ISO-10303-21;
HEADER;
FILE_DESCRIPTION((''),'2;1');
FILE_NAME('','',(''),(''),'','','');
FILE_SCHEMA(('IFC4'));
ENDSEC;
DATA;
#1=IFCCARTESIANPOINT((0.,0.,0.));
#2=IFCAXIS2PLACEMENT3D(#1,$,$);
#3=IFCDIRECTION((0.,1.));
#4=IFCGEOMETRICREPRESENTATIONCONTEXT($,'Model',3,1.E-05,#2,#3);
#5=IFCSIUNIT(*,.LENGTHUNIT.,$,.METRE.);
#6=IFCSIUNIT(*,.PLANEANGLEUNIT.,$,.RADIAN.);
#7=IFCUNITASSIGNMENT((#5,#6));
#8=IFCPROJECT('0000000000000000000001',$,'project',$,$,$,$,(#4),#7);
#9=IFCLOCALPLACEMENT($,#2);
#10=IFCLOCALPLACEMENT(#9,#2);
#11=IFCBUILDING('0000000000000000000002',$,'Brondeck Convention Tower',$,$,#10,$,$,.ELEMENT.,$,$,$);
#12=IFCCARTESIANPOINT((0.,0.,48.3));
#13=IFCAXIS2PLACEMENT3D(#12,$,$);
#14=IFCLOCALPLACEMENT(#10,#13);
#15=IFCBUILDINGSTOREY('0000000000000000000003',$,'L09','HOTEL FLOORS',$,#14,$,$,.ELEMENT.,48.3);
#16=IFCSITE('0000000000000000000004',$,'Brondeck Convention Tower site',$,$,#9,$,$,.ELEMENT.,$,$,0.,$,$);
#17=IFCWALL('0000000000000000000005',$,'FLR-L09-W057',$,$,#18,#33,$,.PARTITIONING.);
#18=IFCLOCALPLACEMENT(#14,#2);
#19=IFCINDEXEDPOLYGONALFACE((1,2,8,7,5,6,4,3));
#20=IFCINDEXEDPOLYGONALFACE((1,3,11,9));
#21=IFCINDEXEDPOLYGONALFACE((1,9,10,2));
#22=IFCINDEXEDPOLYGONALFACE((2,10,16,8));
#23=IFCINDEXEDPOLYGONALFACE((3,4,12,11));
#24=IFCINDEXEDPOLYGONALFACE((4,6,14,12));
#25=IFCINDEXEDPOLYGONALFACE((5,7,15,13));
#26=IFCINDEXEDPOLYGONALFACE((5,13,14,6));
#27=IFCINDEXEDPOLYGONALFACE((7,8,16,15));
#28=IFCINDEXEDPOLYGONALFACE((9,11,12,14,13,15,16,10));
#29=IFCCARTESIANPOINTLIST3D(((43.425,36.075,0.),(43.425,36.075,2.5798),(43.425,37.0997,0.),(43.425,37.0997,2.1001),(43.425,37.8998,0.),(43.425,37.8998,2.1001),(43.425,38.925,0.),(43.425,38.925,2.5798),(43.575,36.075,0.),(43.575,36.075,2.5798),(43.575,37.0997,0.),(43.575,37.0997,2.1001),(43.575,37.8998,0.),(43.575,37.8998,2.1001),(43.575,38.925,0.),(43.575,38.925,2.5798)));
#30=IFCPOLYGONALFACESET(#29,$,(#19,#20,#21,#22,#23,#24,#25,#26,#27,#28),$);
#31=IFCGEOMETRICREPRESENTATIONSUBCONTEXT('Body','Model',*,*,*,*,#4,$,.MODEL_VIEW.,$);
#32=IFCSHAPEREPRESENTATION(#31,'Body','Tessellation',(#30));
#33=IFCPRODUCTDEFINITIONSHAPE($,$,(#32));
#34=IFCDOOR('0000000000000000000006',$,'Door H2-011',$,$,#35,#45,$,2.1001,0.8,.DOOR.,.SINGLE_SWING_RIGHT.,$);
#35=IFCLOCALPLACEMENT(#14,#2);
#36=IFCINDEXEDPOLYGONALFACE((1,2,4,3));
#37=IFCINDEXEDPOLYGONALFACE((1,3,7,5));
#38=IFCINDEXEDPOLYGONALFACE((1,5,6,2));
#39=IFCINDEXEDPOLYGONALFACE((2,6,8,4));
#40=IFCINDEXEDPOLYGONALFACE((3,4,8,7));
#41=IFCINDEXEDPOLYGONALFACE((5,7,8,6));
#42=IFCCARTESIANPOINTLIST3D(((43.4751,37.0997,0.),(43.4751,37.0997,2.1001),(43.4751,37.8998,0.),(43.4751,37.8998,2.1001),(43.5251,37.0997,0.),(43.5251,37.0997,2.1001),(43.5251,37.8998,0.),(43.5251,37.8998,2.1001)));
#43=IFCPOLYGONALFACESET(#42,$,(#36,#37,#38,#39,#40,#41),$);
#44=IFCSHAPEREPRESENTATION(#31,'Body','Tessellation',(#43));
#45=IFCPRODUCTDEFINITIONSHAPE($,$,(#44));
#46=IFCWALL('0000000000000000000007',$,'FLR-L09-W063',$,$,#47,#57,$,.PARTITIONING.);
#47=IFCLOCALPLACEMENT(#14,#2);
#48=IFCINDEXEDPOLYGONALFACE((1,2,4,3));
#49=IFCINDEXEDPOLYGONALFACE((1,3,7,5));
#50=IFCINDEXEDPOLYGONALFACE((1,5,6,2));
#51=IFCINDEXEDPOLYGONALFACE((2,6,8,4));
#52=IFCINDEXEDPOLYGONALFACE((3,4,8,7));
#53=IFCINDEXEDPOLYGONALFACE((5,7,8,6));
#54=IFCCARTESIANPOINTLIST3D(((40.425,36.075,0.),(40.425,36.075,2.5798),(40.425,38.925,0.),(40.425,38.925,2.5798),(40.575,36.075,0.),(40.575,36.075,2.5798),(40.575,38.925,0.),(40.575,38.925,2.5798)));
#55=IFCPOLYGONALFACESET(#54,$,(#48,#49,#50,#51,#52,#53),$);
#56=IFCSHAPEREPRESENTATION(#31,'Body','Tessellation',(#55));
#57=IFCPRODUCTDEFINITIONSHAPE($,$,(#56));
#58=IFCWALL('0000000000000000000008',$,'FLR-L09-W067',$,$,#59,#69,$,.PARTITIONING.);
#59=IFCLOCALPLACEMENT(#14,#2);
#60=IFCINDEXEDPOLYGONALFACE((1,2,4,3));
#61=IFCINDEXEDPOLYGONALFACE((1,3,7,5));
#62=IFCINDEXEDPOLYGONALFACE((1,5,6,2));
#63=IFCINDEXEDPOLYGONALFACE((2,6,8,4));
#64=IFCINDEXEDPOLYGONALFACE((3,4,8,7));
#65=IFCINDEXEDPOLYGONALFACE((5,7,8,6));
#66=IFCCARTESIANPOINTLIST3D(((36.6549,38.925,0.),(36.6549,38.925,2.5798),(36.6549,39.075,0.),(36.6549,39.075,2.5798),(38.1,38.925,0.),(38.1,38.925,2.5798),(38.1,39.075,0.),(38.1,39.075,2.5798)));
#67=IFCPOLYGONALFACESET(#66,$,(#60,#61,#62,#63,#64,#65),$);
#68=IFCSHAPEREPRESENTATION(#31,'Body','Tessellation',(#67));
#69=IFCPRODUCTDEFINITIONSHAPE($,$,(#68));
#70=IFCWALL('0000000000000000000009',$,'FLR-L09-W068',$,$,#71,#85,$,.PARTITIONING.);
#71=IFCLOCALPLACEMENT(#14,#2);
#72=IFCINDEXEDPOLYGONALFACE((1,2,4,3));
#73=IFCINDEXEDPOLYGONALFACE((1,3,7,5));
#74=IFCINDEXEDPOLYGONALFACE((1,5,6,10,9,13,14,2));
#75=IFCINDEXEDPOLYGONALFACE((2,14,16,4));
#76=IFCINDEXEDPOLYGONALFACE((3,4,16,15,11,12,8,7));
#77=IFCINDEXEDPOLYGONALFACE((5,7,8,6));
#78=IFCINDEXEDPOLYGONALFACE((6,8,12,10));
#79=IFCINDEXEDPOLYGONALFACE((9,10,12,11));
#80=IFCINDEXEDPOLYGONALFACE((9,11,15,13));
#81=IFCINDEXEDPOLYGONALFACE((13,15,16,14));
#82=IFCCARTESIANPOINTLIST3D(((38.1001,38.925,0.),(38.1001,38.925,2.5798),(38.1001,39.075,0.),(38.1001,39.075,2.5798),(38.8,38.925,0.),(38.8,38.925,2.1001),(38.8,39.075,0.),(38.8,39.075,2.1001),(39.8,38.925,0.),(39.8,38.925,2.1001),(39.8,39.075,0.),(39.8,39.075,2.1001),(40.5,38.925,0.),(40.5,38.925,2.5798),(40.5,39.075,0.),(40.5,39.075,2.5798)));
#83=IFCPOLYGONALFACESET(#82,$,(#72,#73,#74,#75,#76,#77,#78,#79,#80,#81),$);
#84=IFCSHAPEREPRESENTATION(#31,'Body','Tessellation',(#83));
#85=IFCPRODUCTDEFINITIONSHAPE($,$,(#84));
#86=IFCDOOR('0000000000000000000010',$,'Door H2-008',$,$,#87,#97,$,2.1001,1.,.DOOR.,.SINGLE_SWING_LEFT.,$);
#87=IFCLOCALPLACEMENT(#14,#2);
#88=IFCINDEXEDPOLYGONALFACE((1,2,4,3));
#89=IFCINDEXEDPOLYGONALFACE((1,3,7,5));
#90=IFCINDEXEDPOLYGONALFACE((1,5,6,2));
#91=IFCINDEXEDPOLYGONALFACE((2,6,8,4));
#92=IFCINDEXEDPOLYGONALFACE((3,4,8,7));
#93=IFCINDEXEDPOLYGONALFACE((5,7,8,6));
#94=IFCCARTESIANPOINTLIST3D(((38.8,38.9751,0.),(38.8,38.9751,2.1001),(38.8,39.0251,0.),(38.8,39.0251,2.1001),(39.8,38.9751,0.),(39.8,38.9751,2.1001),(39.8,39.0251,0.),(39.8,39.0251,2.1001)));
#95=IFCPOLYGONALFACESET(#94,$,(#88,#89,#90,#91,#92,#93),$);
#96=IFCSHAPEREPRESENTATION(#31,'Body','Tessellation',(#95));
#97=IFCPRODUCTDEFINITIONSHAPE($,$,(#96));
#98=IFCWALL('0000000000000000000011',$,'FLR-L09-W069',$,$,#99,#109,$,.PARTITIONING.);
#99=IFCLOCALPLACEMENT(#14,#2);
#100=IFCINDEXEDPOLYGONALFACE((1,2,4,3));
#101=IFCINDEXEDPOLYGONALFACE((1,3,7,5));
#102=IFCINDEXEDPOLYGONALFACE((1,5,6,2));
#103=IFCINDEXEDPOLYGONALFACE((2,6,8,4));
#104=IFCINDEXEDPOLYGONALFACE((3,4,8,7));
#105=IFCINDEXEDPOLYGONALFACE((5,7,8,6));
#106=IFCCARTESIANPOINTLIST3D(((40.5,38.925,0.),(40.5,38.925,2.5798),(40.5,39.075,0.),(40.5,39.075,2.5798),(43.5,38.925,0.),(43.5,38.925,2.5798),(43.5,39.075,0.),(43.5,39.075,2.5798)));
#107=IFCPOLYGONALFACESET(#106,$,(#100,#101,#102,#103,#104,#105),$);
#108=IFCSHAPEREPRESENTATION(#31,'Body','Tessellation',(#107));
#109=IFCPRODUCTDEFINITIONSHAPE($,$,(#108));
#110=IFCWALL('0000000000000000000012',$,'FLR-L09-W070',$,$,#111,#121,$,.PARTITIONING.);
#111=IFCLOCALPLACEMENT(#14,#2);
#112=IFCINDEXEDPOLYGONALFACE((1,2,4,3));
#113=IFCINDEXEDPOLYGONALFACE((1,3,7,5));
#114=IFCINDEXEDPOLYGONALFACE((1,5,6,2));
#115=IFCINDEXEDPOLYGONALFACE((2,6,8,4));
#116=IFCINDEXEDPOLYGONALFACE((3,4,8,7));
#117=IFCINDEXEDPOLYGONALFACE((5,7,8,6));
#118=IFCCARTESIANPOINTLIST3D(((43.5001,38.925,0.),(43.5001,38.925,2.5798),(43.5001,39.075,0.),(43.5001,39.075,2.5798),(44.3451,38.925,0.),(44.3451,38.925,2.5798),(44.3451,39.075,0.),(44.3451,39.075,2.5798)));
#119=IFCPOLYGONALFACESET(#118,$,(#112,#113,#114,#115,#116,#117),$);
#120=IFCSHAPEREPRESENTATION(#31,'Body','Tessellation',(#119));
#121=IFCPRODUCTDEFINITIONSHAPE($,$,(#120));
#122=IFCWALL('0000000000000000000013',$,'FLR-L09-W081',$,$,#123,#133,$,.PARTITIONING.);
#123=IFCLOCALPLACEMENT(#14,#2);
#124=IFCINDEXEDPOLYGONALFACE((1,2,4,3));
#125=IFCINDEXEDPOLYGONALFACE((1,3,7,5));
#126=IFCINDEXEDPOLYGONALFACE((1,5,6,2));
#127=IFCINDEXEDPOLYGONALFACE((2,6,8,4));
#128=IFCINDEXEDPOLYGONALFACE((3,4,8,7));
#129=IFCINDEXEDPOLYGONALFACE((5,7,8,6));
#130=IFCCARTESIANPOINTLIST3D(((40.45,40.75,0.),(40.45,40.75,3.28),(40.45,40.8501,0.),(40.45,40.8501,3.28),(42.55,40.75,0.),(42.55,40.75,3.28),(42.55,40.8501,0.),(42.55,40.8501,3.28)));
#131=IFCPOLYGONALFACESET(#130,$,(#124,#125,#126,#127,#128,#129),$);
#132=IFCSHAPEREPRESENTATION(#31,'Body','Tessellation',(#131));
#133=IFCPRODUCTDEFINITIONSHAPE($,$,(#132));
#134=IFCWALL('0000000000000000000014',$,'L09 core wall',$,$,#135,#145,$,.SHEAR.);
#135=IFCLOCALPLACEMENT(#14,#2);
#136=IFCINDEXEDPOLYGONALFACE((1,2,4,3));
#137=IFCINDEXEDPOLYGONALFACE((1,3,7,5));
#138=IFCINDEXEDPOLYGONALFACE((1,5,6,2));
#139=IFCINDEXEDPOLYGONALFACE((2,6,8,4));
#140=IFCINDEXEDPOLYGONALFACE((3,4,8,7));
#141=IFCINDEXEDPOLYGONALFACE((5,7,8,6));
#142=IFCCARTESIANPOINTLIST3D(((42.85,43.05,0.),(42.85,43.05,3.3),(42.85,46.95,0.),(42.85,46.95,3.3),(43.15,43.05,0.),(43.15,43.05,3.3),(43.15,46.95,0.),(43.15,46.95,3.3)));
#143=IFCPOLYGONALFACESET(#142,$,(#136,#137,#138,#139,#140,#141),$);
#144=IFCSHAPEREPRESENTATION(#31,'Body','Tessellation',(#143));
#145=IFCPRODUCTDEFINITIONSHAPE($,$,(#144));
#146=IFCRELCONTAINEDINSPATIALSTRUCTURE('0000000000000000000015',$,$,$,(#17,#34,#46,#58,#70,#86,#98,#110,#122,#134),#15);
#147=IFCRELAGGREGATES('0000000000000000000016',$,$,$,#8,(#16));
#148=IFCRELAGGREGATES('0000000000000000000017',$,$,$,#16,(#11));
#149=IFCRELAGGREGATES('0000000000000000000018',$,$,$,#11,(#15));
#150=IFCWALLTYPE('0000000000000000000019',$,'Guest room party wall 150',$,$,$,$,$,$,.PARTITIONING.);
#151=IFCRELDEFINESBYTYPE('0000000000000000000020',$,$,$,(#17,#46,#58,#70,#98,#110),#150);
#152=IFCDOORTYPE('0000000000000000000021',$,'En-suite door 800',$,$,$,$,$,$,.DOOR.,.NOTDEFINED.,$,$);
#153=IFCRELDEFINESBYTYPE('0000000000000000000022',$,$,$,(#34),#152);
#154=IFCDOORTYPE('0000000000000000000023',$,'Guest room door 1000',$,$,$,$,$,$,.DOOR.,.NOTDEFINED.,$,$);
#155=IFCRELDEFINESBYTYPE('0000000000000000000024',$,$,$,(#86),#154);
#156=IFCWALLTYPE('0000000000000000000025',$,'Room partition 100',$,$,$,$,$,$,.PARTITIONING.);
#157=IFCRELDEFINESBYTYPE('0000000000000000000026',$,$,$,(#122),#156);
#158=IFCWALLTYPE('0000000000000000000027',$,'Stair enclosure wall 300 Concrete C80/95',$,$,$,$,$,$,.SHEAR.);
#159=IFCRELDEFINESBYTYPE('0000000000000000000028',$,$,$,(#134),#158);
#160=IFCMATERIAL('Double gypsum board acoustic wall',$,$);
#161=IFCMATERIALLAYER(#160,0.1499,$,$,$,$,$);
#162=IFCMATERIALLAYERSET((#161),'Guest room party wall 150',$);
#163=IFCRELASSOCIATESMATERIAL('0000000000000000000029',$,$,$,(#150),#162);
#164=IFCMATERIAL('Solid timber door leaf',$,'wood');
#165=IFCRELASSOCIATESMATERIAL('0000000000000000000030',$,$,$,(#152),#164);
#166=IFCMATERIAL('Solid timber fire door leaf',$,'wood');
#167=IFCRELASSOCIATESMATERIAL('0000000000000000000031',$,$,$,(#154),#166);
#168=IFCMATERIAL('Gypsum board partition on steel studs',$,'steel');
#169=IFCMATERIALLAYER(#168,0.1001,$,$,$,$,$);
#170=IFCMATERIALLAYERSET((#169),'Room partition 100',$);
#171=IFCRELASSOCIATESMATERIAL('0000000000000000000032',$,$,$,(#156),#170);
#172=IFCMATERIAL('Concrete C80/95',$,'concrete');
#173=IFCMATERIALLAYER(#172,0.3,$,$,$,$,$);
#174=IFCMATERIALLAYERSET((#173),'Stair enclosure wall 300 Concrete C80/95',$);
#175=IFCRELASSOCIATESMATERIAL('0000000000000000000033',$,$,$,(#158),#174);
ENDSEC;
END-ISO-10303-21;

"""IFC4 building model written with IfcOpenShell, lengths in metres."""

from ifc_helpers import new_model, si_unit, direction, frame, frame_2d, origin, place, context, subcontext, project, spatial, rectangle, extrude, material, layer, layer_set, type_object, element, fill, save


model = new_model("IFC4")

# Units and contexts
model_context = context("Model", 3, precision=1e-05, world=origin(), true_north=direction((0.0, 1.0)))
body_context = subcontext(model_context, "Body", "Model", "MODEL_VIEW")
ifc_project = project(units=[si_unit("LENGTHUNIT", "METRE"), si_unit("PLANEANGLEUNIT", "RADIAN")], contexts=[model_context])

# Site, building, storey
site_placement = place(None, origin())
site = spatial("IfcSite", under=ifc_project, at=site_placement, Name="Brondeck Convention Tower site", CompositionType="ELEMENT", RefElevation=0.0)
building_placement = place(site_placement, origin())
building = spatial("IfcBuilding", under=site, at=building_placement, Name="Brondeck Convention Tower", CompositionType="ELEMENT")
storey_placement = place(building_placement, frame((0.0, 0.0, 48.3)))
storey = spatial("IfcBuildingStorey", under=building, at=storey_placement, Name="L09", Description="HOTEL FLOORS", CompositionType="ELEMENT", Elevation=48.3)

# Shared definitions
ifc_material_1 = material(Name="Double gypsum board acoustic wall")
ifc_layer_1 = layer(ifc_material_1, 0.1499)
ifc_layer_set_1 = layer_set([ifc_layer_1], Name="Guest room party wall 150")
wall_type_1 = type_object("IfcWallType", Name="Guest room party wall 150", PredefinedType="PARTITIONING", material=ifc_layer_set_1)

# Wall, opening, door
ifc_material_2 = material(Name="Solid timber door leaf", Category="wood")
door_type_1 = type_object("IfcDoorType", Name="En-suite door 800", OperationType="NOTDEFINED", PredefinedType="DOOR", material=ifc_material_2)
wall_1_placement = place(storey_placement, frame((43.5, 36.075, 0.0), z_axis=(0.0, 0.0, 1.0), x_axis=(0.0, 1.0, 0.0)))
wall_1 = element("IfcWall", 1, at=wall_1_placement, inside=storey, type_object=wall_type_1, Name="FLR-L09-W057", PredefinedType="PARTITIONING", context=body_context, shape_type="SweptSolid", body=[
    extrude(rectangle(XDim=2.8501, YDim=0.1499, at=frame_2d((1.425, 0.0))), origin(), (0.0, 0.0, 1.0), 2.5798),
])
opening_1_placement = place(wall_1_placement, frame((1.0249, 0.0, 0.0)))
opening_1 = element("IfcOpeningElement", 2, at=opening_1_placement, cuts=wall_1, PredefinedType="OPENING", context=body_context, shape_type="SweptSolid", body=[
    extrude(rectangle(XDim=0.8, YDim=2.1001, at=frame_2d((0.3999, 1.05))), frame((0.0, 0.085, 0.0), z_axis=(0.0, -1.0, 0.0), x_axis=(1.0, 0.0, 0.0)), (0.0, 0.0, 1.0), 0.1699),
])
door_1_placement = place(opening_1_placement, origin())
door_1 = element("IfcDoor", 3, at=door_1_placement, inside=storey, type_object=door_type_1, Name="Door H2-011", OperationType="SINGLE_SWING_RIGHT", OverallHeight=2.1001, OverallWidth=0.8, PredefinedType="DOOR", context=body_context, shape_type="SweptSolid", body=[
    extrude(rectangle(XDim=0.8, YDim=2.1001, at=frame_2d((0.3999, 1.05))), frame((0.0, 0.0249, 0.0), z_axis=(0.0, -1.0, 0.0), x_axis=(1.0, 0.0, 0.0)), (0.0, 0.0, 1.0), 0.05),
])
fill(opening_1, door_1)

# Walls
wall_2_placement = place(storey_placement, frame((40.5, 38.925, 0.0), z_axis=(0.0, 0.0, 1.0), x_axis=(0.0, -1.0, 0.0)))
element("IfcWall", 4, at=wall_2_placement, inside=storey, type_object=wall_type_1, Name="FLR-L09-W063", PredefinedType="PARTITIONING", context=body_context, shape_type="SweptSolid", body=[
    extrude(rectangle(XDim=2.8501, YDim=0.1499, at=frame_2d((1.425, 0.0))), origin(), (0.0, 0.0, 1.0), 2.5798),
])
wall_3_placement = place(storey_placement, frame((38.1001, 39.0, 0.0), z_axis=(0.0, 0.0, 1.0), x_axis=(-1.0, 0.0, 0.0)))
element("IfcWall", 5, at=wall_3_placement, inside=storey, type_object=wall_type_1, Name="FLR-L09-W067", PredefinedType="PARTITIONING", context=body_context, shape_type="SweptSolid", body=[
    extrude(rectangle(XDim=1.4451, YDim=0.1499, at=frame_2d((0.7227, 0.0))), origin(), (0.0, 0.0, 1.0), 2.5798),
])

# Wall, opening, door
wall_4_placement = place(storey_placement, frame((40.5, 39.0, 0.0), z_axis=(0.0, 0.0, 1.0), x_axis=(-1.0, 0.0, 0.0)))
wall_4 = element("IfcWall", 6, at=wall_4_placement, inside=storey, type_object=wall_type_1, Name="FLR-L09-W068", PredefinedType="PARTITIONING", context=body_context, shape_type="SweptSolid", body=[
    extrude(rectangle(XDim=2.3999, YDim=0.1499, at=frame_2d((1.2, 0.0))), origin(), (0.0, 0.0, 1.0), 2.5798),
])
opening_2_placement = place(wall_4_placement, frame((0.7, 0.0, 0.0)))
opening_2 = element("IfcOpeningElement", 7, at=opening_2_placement, cuts=wall_4, PredefinedType="OPENING", context=body_context, shape_type="SweptSolid", body=[
    extrude(rectangle(XDim=1.0, YDim=2.1001, at=frame_2d((0.5, 1.05))), frame((0.0, 0.085, 0.0), z_axis=(0.0, -1.0, 0.0), x_axis=(1.0, 0.0, 0.0)), (0.0, 0.0, 1.0), 0.1699),
])
ifc_material_3 = material(Name="Solid timber fire door leaf", Category="wood")
door_type_2 = type_object("IfcDoorType", Name="Guest room door 1000", OperationType="NOTDEFINED", PredefinedType="DOOR", material=ifc_material_3)
door_2_placement = place(opening_2_placement, origin())
door_2 = element("IfcDoor", 8, at=door_2_placement, inside=storey, type_object=door_type_2, Name="Door H2-008", OperationType="SINGLE_SWING_LEFT", OverallHeight=2.1001, OverallWidth=1.0, PredefinedType="DOOR", context=body_context, shape_type="SweptSolid", body=[
    extrude(rectangle(XDim=1.0, YDim=2.1001, at=frame_2d((0.5, 1.05))), frame((0.0, 0.0249, 0.0), z_axis=(0.0, -1.0, 0.0), x_axis=(1.0, 0.0, 0.0)), (0.0, 0.0, 1.0), 0.05),
])
fill(opening_2, door_2)

# Walls
wall_5_placement = place(storey_placement, frame((43.5, 39.0, 0.0), z_axis=(0.0, 0.0, 1.0), x_axis=(-1.0, 0.0, 0.0)))
element("IfcWall", 9, at=wall_5_placement, inside=storey, type_object=wall_type_1, Name="FLR-L09-W069", PredefinedType="PARTITIONING", context=body_context, shape_type="SweptSolid", body=[
    extrude(rectangle(XDim=3.0, YDim=0.1499, at=frame_2d((1.5, 0.0))), origin(), (0.0, 0.0, 1.0), 2.5798),
])
wall_6_placement = place(storey_placement, frame((44.345, 39.0, 0.0), z_axis=(0.0, 0.0, 1.0), x_axis=(-1.0, 0.0, 0.0)))
element("IfcWall", 10, at=wall_6_placement, inside=storey, type_object=wall_type_1, Name="FLR-L09-W070", PredefinedType="PARTITIONING", context=body_context, shape_type="SweptSolid", body=[
    extrude(rectangle(XDim=0.845, YDim=0.1499, at=frame_2d((0.4224, 0.0))), origin(), (0.0, 0.0, 1.0), 2.5798),
])
ifc_material_4 = material(Name="Gypsum board partition on steel studs", Category="steel")
ifc_layer_2 = layer(ifc_material_4, 0.1001)
ifc_layer_set_2 = layer_set([ifc_layer_2], Name="Room partition 100")
wall_type_2 = type_object("IfcWallType", Name="Room partition 100", PredefinedType="PARTITIONING", material=ifc_layer_set_2)
wall_7_placement = place(storey_placement, frame((40.45, 40.8, 0.0), z_axis=(0.0, 0.0, 1.0), x_axis=(1.0, 0.0, 0.0)))
element("IfcWall", 11, at=wall_7_placement, inside=storey, type_object=wall_type_2, Name="FLR-L09-W081", PredefinedType="PARTITIONING", context=body_context, shape_type="SweptSolid", body=[
    extrude(rectangle(XDim=2.1001, YDim=0.1001, at=frame_2d((1.05, 0.0))), origin(), (0.0, 0.0, 1.0), 3.28),
])
ifc_material_5 = material(Name="Concrete C80/95", Category="concrete")
ifc_layer_3 = layer(ifc_material_5, 0.3)
ifc_layer_set_3 = layer_set([ifc_layer_3], Name="Stair enclosure wall 300 Concrete C80/95")
wall_type_3 = type_object("IfcWallType", Name="Stair enclosure wall 300 Concrete C80/95", PredefinedType="SHEAR", material=ifc_layer_set_3)
wall_8_placement = place(storey_placement, frame((43.0, 43.05, 0.0), z_axis=(0.0, 0.0, 1.0), x_axis=(0.0, 1.0, 0.0)))
element("IfcWall", 12, at=wall_8_placement, inside=storey, type_object=wall_type_3, Name="L09 core wall", PredefinedType="SHEAR", context=body_context, shape_type="SweptSolid", body=[
    extrude(rectangle(XDim=3.8999, YDim=0.3, at=frame_2d((1.95, 0.0))), origin(), (0.0, 0.0, 1.0), 3.3),
])

save(model, "model.ifc")
